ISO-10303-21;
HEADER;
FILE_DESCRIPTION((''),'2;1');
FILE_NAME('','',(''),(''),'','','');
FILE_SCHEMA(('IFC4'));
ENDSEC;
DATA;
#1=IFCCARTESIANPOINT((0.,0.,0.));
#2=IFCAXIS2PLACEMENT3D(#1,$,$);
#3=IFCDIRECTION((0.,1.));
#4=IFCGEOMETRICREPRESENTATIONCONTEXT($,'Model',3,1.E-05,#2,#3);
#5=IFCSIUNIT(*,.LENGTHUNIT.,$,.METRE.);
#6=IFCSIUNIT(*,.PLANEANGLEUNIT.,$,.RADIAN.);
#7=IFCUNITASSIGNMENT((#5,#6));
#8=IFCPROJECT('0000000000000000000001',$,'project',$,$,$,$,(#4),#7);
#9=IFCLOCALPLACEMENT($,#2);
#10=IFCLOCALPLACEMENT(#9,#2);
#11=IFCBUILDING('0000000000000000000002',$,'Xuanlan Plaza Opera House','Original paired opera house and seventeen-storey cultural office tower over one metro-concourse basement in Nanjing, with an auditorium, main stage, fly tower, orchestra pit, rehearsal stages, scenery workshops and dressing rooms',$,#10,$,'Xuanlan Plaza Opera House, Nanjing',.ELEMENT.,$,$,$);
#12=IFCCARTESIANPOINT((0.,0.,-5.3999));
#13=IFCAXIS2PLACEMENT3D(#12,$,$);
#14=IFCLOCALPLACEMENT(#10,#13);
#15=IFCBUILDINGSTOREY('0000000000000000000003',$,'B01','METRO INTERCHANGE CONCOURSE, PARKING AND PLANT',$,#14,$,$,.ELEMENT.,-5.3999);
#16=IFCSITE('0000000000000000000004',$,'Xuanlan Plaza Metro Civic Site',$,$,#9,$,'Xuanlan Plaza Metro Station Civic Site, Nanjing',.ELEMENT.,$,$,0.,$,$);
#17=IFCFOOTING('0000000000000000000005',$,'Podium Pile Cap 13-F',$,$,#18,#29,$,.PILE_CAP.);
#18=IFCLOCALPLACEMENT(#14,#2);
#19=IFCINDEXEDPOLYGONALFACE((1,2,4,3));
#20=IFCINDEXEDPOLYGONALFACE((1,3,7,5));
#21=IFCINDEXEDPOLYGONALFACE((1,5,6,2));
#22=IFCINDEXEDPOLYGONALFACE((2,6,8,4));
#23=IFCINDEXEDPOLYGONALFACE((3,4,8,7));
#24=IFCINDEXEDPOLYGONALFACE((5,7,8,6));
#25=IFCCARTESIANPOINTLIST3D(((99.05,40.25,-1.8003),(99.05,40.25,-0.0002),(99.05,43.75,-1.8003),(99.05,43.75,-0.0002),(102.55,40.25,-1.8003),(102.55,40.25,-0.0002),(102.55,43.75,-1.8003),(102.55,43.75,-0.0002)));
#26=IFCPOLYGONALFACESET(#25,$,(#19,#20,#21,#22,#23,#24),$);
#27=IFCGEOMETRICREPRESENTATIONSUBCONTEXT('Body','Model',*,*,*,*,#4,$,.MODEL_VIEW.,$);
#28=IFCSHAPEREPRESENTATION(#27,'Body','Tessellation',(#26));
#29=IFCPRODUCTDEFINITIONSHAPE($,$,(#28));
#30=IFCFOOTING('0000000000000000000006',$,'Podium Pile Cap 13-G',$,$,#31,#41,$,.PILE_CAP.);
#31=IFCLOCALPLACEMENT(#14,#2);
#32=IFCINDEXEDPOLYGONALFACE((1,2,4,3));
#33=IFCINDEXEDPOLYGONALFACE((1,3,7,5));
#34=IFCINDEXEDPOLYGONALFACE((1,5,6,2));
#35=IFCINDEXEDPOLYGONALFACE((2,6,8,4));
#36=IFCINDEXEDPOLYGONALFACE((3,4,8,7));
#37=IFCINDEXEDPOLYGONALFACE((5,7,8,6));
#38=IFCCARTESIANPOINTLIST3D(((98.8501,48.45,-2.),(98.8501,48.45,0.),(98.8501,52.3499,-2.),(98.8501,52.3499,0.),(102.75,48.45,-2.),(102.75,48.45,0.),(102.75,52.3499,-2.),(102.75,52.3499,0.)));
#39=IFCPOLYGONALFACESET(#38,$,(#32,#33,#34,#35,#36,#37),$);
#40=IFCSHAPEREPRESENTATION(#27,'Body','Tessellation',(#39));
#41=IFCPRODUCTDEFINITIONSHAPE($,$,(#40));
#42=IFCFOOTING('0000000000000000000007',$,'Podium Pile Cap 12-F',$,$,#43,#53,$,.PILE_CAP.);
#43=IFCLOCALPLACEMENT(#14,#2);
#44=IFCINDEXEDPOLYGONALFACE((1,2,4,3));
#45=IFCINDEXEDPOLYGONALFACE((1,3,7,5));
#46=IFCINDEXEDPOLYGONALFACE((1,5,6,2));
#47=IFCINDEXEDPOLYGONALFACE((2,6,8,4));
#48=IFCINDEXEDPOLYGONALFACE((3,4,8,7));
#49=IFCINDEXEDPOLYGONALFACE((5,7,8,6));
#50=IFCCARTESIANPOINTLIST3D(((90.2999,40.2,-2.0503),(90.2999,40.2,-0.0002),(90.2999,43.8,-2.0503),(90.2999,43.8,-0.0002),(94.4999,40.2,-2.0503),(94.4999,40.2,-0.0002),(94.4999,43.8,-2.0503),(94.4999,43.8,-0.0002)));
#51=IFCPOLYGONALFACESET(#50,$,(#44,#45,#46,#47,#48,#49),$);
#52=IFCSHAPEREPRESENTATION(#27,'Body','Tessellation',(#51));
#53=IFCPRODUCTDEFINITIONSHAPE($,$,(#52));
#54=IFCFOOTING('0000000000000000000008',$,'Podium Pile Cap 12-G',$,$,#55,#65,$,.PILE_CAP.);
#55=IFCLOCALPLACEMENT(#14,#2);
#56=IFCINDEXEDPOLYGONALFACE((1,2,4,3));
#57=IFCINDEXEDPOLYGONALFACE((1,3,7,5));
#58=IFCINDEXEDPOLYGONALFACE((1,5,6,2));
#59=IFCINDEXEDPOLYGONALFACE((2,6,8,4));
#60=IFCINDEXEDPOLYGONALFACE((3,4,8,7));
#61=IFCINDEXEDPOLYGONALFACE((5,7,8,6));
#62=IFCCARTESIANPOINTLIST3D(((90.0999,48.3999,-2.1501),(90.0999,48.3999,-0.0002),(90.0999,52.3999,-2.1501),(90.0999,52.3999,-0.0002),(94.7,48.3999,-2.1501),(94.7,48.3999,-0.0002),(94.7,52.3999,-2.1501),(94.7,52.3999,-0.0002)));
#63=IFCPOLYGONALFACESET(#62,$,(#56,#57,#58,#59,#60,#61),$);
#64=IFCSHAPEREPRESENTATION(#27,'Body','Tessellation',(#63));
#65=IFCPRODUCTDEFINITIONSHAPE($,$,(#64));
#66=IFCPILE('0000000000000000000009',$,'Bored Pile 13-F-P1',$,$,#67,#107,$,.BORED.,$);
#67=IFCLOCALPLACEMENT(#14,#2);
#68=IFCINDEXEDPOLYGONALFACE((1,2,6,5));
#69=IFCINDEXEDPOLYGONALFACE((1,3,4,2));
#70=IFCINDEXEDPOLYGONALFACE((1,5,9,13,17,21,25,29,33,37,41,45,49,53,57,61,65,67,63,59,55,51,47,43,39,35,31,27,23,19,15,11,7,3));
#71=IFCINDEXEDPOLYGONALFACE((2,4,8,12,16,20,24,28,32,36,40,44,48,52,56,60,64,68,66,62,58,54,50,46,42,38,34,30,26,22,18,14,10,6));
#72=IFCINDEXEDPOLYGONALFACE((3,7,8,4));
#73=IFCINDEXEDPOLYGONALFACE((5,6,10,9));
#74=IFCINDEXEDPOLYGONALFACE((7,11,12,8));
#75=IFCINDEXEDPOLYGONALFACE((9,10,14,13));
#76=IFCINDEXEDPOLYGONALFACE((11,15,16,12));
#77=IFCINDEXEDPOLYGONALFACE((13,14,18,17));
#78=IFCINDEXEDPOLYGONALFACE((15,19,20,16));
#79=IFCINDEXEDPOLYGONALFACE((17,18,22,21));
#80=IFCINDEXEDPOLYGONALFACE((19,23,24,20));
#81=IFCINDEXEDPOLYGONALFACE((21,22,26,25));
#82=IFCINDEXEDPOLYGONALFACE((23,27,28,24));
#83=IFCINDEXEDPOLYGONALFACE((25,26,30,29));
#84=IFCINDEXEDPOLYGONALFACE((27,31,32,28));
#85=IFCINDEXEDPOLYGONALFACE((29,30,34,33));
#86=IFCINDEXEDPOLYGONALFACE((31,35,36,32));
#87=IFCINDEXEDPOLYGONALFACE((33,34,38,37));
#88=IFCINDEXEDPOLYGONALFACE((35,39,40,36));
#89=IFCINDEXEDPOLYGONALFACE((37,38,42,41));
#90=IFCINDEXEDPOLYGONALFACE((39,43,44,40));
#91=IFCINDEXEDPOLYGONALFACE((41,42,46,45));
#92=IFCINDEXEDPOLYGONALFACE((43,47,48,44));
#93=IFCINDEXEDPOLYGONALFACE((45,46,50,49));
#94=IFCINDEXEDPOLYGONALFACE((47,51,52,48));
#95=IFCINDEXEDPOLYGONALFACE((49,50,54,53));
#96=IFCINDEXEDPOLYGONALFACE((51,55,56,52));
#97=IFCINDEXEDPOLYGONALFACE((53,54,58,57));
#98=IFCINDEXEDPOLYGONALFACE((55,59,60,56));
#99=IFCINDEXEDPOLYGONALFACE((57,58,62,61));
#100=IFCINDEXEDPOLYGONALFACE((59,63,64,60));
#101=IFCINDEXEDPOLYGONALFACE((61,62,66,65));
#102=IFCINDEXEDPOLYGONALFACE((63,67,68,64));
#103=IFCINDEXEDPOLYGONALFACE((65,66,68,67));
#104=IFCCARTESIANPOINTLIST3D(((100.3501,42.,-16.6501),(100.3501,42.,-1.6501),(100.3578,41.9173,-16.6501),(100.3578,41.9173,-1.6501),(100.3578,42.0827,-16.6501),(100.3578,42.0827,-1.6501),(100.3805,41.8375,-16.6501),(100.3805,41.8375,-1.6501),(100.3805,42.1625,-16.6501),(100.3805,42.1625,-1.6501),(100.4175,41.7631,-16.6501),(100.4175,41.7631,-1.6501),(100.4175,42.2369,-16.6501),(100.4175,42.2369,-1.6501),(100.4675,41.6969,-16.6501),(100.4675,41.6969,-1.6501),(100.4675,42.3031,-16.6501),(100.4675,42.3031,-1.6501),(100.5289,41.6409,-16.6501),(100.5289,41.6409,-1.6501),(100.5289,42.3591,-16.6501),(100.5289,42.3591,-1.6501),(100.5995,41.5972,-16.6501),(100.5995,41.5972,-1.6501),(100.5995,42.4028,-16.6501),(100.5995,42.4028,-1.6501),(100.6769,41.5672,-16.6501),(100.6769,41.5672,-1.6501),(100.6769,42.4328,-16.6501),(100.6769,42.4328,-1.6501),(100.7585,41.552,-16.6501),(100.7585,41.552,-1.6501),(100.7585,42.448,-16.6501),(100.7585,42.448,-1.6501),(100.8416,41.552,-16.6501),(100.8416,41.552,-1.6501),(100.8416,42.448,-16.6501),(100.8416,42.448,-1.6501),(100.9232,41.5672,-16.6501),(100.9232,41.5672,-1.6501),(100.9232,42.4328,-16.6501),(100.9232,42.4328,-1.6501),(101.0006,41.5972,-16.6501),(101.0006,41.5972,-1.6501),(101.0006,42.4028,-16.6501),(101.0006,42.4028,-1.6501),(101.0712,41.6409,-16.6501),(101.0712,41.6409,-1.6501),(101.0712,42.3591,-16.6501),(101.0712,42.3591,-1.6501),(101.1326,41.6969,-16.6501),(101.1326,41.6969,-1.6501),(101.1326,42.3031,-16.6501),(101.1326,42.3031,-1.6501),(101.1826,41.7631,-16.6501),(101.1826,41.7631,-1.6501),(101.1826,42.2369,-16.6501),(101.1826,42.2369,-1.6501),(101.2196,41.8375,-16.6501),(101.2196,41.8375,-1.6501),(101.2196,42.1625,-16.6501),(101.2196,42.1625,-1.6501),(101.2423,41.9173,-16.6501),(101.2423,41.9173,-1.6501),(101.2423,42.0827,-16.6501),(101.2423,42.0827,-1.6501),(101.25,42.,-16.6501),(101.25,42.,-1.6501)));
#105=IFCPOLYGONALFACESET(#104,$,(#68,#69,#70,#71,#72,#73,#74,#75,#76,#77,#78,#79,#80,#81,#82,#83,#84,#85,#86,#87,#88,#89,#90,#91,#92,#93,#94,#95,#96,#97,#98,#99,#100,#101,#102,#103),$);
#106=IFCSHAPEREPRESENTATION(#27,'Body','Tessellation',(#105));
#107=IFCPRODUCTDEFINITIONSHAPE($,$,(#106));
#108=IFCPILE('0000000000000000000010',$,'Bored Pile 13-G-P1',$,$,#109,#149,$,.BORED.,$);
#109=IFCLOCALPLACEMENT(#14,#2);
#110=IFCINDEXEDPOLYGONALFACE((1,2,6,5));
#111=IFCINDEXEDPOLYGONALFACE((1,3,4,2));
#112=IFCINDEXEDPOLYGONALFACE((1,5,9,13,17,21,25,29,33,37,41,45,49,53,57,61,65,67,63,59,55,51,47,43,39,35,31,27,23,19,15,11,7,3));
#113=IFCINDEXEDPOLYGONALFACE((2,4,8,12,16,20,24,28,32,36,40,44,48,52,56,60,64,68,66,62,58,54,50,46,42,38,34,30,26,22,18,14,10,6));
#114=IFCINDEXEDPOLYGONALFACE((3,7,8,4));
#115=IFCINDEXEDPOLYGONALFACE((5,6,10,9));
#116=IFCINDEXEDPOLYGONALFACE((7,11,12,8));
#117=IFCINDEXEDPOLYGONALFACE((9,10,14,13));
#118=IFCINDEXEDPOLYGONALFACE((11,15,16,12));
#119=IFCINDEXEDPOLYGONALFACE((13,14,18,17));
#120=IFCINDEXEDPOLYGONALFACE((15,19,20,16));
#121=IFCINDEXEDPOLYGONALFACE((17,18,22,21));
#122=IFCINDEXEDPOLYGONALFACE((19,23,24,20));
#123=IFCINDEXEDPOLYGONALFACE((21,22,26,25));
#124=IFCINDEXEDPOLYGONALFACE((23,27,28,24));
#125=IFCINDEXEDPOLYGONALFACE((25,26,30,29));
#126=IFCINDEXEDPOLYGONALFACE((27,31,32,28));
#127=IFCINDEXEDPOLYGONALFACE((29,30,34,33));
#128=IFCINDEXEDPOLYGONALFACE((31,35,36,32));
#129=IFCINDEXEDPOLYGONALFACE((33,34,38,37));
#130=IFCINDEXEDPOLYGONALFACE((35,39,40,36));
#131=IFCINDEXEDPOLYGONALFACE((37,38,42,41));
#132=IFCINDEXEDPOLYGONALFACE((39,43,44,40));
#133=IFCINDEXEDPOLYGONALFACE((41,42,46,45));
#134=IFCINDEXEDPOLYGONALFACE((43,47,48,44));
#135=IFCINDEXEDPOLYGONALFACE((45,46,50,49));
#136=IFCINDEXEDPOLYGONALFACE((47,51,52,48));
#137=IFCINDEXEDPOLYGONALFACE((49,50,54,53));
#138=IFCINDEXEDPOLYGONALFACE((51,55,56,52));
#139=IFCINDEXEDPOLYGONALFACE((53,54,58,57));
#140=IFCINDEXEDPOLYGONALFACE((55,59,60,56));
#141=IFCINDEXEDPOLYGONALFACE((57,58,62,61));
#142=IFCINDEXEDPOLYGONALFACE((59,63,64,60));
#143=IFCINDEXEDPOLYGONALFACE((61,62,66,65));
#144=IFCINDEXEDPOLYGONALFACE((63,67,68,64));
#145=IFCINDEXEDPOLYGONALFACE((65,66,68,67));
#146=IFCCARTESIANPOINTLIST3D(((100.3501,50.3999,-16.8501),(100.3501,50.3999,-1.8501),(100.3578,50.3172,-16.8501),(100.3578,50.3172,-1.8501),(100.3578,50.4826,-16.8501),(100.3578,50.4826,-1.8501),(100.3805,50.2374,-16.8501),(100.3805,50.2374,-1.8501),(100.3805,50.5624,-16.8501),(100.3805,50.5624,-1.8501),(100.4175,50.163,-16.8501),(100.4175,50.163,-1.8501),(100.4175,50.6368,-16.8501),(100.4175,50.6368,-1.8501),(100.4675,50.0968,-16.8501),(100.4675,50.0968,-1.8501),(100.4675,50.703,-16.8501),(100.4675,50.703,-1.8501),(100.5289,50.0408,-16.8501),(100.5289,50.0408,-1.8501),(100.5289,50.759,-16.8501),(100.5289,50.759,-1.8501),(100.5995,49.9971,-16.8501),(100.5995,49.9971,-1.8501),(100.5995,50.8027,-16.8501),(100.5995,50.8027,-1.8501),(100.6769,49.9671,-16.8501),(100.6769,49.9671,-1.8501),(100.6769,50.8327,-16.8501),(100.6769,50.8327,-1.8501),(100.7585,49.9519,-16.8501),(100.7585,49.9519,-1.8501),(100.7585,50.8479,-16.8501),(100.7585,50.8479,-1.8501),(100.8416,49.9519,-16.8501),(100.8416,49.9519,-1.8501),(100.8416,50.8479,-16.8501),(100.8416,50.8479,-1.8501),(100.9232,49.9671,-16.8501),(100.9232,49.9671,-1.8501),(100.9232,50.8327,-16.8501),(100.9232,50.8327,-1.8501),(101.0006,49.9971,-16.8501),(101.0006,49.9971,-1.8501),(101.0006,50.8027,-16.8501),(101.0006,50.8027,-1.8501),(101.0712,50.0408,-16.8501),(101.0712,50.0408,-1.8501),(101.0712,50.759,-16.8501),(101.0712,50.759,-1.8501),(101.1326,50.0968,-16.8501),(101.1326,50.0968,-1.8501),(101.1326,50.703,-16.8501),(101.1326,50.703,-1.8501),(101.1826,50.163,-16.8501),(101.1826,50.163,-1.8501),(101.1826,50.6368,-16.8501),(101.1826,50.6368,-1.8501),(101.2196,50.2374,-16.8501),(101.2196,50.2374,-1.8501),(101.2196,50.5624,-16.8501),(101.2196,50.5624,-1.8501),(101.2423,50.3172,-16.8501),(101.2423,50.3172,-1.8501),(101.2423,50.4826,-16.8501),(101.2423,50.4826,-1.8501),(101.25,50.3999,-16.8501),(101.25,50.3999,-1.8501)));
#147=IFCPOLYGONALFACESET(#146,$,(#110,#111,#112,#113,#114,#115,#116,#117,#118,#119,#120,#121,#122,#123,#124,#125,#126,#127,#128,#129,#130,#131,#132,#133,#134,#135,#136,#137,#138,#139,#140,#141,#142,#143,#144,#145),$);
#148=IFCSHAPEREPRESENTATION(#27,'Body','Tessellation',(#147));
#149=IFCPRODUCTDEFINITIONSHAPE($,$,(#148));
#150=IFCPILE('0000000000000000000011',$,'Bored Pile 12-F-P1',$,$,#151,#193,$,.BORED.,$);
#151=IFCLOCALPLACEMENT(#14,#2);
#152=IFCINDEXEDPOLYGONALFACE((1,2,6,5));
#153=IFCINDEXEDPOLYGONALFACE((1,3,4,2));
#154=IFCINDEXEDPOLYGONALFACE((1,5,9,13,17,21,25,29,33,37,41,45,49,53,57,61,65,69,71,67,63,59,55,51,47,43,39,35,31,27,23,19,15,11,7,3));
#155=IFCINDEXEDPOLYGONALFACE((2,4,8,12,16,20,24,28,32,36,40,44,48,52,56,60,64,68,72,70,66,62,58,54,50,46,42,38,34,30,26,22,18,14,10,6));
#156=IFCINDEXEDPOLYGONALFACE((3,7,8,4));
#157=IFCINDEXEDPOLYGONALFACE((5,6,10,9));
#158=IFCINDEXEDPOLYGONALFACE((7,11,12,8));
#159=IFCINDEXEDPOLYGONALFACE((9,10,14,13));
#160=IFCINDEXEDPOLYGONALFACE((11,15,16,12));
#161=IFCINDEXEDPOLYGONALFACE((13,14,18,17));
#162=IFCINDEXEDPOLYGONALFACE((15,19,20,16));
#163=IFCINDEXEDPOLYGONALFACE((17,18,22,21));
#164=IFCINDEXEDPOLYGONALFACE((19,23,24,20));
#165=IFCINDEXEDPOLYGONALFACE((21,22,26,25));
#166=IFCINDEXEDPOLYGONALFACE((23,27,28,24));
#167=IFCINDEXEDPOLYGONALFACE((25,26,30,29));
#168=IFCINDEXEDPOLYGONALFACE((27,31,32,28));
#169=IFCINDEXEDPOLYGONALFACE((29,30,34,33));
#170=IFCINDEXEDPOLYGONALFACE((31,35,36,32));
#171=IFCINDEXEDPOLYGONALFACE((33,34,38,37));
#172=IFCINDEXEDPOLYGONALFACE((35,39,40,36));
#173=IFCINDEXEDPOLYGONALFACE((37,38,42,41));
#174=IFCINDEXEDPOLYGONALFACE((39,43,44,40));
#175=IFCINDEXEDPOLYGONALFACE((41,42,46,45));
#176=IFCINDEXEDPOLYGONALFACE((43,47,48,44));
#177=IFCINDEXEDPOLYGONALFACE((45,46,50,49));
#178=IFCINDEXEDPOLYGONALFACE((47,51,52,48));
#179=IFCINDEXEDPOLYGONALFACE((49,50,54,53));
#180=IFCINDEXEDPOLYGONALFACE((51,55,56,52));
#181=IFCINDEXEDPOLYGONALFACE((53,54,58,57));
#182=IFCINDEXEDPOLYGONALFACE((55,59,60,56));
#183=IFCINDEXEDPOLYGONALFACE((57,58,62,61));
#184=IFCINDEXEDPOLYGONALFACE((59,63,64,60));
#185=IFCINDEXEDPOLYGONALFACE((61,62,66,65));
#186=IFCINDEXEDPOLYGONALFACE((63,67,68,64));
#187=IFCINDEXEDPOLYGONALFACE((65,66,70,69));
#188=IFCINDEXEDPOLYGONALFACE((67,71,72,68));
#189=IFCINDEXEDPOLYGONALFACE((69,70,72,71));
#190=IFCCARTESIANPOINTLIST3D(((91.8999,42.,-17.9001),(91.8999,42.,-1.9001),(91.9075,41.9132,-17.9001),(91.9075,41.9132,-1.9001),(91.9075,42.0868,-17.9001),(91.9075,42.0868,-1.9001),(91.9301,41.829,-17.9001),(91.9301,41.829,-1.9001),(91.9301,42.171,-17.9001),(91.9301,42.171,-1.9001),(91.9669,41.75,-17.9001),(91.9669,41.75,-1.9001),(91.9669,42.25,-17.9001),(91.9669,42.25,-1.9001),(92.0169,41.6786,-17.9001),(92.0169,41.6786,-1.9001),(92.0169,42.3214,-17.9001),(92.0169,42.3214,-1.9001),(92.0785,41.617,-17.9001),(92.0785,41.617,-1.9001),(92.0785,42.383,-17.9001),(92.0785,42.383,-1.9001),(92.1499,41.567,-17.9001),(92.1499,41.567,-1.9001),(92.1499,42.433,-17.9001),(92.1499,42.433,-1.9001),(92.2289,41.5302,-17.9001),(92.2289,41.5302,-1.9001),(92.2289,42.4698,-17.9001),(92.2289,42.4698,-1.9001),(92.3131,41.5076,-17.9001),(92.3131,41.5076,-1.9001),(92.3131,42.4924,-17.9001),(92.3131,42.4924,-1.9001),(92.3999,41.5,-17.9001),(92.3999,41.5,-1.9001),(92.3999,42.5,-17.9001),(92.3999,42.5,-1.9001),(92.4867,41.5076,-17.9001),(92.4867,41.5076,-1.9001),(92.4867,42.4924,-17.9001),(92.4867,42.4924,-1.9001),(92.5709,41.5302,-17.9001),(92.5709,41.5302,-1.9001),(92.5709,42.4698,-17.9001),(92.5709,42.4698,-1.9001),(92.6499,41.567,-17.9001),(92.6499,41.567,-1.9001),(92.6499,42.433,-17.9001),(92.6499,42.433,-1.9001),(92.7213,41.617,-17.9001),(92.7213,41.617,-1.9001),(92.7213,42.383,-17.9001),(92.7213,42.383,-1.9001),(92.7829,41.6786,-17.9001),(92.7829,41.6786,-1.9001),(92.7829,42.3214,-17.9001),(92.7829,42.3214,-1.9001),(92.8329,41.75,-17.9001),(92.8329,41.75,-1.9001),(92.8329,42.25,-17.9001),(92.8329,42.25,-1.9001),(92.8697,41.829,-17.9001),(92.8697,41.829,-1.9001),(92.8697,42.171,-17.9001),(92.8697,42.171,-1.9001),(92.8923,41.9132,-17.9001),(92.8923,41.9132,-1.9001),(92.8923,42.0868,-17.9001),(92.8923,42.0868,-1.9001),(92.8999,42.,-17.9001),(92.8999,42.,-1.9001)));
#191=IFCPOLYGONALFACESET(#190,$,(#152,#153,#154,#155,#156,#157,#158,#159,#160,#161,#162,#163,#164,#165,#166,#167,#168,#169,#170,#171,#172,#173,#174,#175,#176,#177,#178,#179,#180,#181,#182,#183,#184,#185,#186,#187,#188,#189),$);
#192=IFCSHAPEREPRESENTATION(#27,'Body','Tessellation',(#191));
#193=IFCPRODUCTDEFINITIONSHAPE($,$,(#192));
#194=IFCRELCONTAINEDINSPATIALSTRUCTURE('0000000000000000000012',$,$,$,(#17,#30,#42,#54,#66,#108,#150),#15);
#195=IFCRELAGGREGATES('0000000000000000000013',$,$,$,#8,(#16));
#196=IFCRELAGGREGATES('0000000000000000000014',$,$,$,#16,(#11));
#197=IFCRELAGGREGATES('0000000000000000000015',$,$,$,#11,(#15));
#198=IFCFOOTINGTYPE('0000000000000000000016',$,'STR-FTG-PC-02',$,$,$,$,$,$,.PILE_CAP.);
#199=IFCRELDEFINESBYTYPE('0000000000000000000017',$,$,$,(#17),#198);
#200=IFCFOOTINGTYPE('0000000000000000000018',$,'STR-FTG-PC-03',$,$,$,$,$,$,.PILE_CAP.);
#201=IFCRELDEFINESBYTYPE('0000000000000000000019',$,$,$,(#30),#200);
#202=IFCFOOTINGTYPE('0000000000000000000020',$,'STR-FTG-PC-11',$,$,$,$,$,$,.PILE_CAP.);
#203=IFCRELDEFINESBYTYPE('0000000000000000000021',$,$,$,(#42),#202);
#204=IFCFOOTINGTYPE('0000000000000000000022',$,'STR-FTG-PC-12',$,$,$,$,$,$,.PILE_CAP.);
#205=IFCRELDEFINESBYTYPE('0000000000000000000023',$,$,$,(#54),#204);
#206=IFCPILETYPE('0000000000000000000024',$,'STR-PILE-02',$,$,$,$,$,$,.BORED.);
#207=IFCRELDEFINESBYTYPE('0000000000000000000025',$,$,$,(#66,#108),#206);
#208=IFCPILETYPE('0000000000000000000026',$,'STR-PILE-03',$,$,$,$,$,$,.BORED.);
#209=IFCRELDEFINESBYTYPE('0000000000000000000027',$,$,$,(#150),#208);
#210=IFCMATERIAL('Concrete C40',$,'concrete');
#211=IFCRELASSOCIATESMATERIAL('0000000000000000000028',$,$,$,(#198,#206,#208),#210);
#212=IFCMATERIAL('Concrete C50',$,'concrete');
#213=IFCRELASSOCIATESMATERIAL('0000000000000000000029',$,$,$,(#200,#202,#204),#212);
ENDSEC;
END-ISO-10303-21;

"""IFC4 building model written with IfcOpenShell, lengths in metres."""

from ifc_helpers import new_model, si_unit, direction, frame, origin, origin_2d, place, context, subcontext, project, spatial, rectangle, circle, extrude, material, material_profile, profile_set, type_object, element, save


model = new_model("IFC4")

# Units and contexts
model_context = context("Model", 3, precision=1e-05, world=origin(), true_north=direction((0.0, 1.0)))
body_context = subcontext(model_context, "Body", "Model", "MODEL_VIEW")
ifc_project = project(units=[si_unit("LENGTHUNIT", "METRE"), si_unit("PLANEANGLEUNIT", "RADIAN")], contexts=[model_context])

# Site, building, storey
site_placement = place(None, origin())
site = spatial("IfcSite", under=ifc_project, at=site_placement, Name="Xuanlan Plaza Metro Civic Site", LongName="Xuanlan Plaza Metro Station Civic Site, Nanjing", CompositionType="ELEMENT", RefElevation=0.0)
building_placement = place(site_placement, origin())
building = spatial("IfcBuilding", under=site, at=building_placement, Name="Xuanlan Plaza Opera House", Description="Original paired opera house and seventeen-storey cultural office tower over one metro-concourse basement in Nanjing, with an auditorium, main stage, fly tower, orchestra pit, rehearsal stages, scenery workshops and dressing rooms", LongName="Xuanlan Plaza Opera House, Nanjing", CompositionType="ELEMENT")
storey_placement = place(building_placement, frame((0.0, 0.0, -5.3999)))
storey = spatial("IfcBuildingStorey", under=building, at=storey_placement, Name="B01", Description="METRO INTERCHANGE CONCOURSE, PARKING AND PLANT", CompositionType="ELEMENT", Elevation=-5.3999)

# Footings
ifc_material_1 = material(Name="Concrete C40", Category="concrete")
footing_type_1 = type_object("IfcFootingType", Name="STR-FTG-PC-02", PredefinedType="PILE_CAP", material=ifc_material_1)
footing_1_placement = place(storey_placement, frame((100.8, 42.0, -1.8003), z_axis=(0.0, 0.0, 1.0), x_axis=(1.0, 0.0, 0.0)))
element("IfcFooting", 1, at=footing_1_placement, inside=storey, type_object=footing_type_1, Name="Podium Pile Cap 13-F", PredefinedType="PILE_CAP", context=body_context, shape_type="SweptSolid", body=[
    extrude(rectangle(XDim=3.5, YDim=3.5, at=origin_2d()), origin(), (0.0, 0.0, 1.0), 1.8),
])
ifc_material_2 = material(Name="Concrete C50", Category="concrete")
footing_type_2 = type_object("IfcFootingType", Name="STR-FTG-PC-03", PredefinedType="PILE_CAP", material=ifc_material_2)
footing_2_placement = place(storey_placement, frame((100.8, 50.3999, -2.0), z_axis=(0.0, 0.0, 1.0), x_axis=(1.0, 0.0, 0.0)))
element("IfcFooting", 2, at=footing_2_placement, inside=storey, type_object=footing_type_2, Name="Podium Pile Cap 13-G", PredefinedType="PILE_CAP", context=body_context, shape_type="SweptSolid", body=[
    extrude(rectangle(XDim=3.8999, YDim=3.8999, at=origin_2d()), origin(), (0.0, 0.0, 1.0), 2.0),
])
footing_type_3 = type_object("IfcFootingType", Name="STR-FTG-PC-11", PredefinedType="PILE_CAP", material=ifc_material_2)
footing_3_placement = place(storey_placement, frame((92.3999, 42.0, -2.0503), z_axis=(0.0, 0.0, 1.0), x_axis=(1.0, 0.0, 0.0)))
element("IfcFooting", 3, at=footing_3_placement, inside=storey, type_object=footing_type_3, Name="Podium Pile Cap 12-F", PredefinedType="PILE_CAP", context=body_context, shape_type="SweptSolid", body=[
    extrude(rectangle(XDim=4.2, YDim=3.6001, at=origin_2d()), origin(), (0.0, 0.0, 1.0), 2.05),
])
footing_type_4 = type_object("IfcFootingType", Name="STR-FTG-PC-12", PredefinedType="PILE_CAP", material=ifc_material_2)
footing_4_placement = place(storey_placement, frame((92.3999, 50.3999, -2.1501), z_axis=(0.0, 0.0, 1.0), x_axis=(1.0, 0.0, 0.0)))
element("IfcFooting", 4, at=footing_4_placement, inside=storey, type_object=footing_type_4, Name="Podium Pile Cap 12-G", PredefinedType="PILE_CAP", context=body_context, shape_type="SweptSolid", body=[
    extrude(rectangle(XDim=4.6001, YDim=4.0, at=origin_2d()), origin(), (0.0, 0.0, 1.0), 2.1499),
])

# Piles
ifc_material_profile_1 = material_profile(ifc_material_1, circle(Radius=0.45, at=origin_2d()), Name="PILE D900")
ifc_profile_set_1 = profile_set([ifc_material_profile_1], Name="Concrete C40")
pile_type_1 = type_object("IfcPileType", Name="STR-PILE-02", PredefinedType="BORED", material=ifc_profile_set_1)
for number, where, z_axis, x_axis, name in (
    (5, (100.8, 42.0, -1.6501), (0.0, 0.0, -1.0), (1.0, 0.0, 0.0), "Bored Pile 13-F-P1"),
    (6, (100.8, 50.3999, -1.8501), (0.0, 0.0, -1.0), (1.0, 0.0, 0.0), "Bored Pile 13-G-P1"),
):
    element("IfcPile", number, at=place(storey_placement, frame(where, z_axis=z_axis, x_axis=x_axis)), inside=storey, type_object=pile_type_1, Name=name, PredefinedType="BORED", context=body_context, shape_type="SweptSolid", body=[
        extrude(circle(Radius=0.45, at=origin_2d()), origin(), (0.0, 0.0, 1.0), 15.0),
    ])
ifc_material_profile_2 = material_profile(ifc_material_1, circle(Radius=0.5, at=origin_2d()), Name="PILE D1000")
ifc_profile_set_2 = profile_set([ifc_material_profile_2], Name="Concrete C40")
pile_type_2 = type_object("IfcPileType", Name="STR-PILE-03", PredefinedType="BORED", material=ifc_profile_set_2)
for number, where, z_axis, x_axis, name in (
    (7, (92.3999, 42.0, -1.9001), (0.0, 0.0, -1.0), (1.0, 0.0, 0.0), "Bored Pile 12-F-P1"),
):
    element("IfcPile", number, at=place(storey_placement, frame(where, z_axis=z_axis, x_axis=x_axis)), inside=storey, type_object=pile_type_2, Name=name, PredefinedType="BORED", context=body_context, shape_type="SweptSolid", body=[
        extrude(circle(Radius=0.5, at=origin_2d()), origin(), (0.0, 0.0, 1.0), 16.0),
    ])

save(model, "model.ifc")
